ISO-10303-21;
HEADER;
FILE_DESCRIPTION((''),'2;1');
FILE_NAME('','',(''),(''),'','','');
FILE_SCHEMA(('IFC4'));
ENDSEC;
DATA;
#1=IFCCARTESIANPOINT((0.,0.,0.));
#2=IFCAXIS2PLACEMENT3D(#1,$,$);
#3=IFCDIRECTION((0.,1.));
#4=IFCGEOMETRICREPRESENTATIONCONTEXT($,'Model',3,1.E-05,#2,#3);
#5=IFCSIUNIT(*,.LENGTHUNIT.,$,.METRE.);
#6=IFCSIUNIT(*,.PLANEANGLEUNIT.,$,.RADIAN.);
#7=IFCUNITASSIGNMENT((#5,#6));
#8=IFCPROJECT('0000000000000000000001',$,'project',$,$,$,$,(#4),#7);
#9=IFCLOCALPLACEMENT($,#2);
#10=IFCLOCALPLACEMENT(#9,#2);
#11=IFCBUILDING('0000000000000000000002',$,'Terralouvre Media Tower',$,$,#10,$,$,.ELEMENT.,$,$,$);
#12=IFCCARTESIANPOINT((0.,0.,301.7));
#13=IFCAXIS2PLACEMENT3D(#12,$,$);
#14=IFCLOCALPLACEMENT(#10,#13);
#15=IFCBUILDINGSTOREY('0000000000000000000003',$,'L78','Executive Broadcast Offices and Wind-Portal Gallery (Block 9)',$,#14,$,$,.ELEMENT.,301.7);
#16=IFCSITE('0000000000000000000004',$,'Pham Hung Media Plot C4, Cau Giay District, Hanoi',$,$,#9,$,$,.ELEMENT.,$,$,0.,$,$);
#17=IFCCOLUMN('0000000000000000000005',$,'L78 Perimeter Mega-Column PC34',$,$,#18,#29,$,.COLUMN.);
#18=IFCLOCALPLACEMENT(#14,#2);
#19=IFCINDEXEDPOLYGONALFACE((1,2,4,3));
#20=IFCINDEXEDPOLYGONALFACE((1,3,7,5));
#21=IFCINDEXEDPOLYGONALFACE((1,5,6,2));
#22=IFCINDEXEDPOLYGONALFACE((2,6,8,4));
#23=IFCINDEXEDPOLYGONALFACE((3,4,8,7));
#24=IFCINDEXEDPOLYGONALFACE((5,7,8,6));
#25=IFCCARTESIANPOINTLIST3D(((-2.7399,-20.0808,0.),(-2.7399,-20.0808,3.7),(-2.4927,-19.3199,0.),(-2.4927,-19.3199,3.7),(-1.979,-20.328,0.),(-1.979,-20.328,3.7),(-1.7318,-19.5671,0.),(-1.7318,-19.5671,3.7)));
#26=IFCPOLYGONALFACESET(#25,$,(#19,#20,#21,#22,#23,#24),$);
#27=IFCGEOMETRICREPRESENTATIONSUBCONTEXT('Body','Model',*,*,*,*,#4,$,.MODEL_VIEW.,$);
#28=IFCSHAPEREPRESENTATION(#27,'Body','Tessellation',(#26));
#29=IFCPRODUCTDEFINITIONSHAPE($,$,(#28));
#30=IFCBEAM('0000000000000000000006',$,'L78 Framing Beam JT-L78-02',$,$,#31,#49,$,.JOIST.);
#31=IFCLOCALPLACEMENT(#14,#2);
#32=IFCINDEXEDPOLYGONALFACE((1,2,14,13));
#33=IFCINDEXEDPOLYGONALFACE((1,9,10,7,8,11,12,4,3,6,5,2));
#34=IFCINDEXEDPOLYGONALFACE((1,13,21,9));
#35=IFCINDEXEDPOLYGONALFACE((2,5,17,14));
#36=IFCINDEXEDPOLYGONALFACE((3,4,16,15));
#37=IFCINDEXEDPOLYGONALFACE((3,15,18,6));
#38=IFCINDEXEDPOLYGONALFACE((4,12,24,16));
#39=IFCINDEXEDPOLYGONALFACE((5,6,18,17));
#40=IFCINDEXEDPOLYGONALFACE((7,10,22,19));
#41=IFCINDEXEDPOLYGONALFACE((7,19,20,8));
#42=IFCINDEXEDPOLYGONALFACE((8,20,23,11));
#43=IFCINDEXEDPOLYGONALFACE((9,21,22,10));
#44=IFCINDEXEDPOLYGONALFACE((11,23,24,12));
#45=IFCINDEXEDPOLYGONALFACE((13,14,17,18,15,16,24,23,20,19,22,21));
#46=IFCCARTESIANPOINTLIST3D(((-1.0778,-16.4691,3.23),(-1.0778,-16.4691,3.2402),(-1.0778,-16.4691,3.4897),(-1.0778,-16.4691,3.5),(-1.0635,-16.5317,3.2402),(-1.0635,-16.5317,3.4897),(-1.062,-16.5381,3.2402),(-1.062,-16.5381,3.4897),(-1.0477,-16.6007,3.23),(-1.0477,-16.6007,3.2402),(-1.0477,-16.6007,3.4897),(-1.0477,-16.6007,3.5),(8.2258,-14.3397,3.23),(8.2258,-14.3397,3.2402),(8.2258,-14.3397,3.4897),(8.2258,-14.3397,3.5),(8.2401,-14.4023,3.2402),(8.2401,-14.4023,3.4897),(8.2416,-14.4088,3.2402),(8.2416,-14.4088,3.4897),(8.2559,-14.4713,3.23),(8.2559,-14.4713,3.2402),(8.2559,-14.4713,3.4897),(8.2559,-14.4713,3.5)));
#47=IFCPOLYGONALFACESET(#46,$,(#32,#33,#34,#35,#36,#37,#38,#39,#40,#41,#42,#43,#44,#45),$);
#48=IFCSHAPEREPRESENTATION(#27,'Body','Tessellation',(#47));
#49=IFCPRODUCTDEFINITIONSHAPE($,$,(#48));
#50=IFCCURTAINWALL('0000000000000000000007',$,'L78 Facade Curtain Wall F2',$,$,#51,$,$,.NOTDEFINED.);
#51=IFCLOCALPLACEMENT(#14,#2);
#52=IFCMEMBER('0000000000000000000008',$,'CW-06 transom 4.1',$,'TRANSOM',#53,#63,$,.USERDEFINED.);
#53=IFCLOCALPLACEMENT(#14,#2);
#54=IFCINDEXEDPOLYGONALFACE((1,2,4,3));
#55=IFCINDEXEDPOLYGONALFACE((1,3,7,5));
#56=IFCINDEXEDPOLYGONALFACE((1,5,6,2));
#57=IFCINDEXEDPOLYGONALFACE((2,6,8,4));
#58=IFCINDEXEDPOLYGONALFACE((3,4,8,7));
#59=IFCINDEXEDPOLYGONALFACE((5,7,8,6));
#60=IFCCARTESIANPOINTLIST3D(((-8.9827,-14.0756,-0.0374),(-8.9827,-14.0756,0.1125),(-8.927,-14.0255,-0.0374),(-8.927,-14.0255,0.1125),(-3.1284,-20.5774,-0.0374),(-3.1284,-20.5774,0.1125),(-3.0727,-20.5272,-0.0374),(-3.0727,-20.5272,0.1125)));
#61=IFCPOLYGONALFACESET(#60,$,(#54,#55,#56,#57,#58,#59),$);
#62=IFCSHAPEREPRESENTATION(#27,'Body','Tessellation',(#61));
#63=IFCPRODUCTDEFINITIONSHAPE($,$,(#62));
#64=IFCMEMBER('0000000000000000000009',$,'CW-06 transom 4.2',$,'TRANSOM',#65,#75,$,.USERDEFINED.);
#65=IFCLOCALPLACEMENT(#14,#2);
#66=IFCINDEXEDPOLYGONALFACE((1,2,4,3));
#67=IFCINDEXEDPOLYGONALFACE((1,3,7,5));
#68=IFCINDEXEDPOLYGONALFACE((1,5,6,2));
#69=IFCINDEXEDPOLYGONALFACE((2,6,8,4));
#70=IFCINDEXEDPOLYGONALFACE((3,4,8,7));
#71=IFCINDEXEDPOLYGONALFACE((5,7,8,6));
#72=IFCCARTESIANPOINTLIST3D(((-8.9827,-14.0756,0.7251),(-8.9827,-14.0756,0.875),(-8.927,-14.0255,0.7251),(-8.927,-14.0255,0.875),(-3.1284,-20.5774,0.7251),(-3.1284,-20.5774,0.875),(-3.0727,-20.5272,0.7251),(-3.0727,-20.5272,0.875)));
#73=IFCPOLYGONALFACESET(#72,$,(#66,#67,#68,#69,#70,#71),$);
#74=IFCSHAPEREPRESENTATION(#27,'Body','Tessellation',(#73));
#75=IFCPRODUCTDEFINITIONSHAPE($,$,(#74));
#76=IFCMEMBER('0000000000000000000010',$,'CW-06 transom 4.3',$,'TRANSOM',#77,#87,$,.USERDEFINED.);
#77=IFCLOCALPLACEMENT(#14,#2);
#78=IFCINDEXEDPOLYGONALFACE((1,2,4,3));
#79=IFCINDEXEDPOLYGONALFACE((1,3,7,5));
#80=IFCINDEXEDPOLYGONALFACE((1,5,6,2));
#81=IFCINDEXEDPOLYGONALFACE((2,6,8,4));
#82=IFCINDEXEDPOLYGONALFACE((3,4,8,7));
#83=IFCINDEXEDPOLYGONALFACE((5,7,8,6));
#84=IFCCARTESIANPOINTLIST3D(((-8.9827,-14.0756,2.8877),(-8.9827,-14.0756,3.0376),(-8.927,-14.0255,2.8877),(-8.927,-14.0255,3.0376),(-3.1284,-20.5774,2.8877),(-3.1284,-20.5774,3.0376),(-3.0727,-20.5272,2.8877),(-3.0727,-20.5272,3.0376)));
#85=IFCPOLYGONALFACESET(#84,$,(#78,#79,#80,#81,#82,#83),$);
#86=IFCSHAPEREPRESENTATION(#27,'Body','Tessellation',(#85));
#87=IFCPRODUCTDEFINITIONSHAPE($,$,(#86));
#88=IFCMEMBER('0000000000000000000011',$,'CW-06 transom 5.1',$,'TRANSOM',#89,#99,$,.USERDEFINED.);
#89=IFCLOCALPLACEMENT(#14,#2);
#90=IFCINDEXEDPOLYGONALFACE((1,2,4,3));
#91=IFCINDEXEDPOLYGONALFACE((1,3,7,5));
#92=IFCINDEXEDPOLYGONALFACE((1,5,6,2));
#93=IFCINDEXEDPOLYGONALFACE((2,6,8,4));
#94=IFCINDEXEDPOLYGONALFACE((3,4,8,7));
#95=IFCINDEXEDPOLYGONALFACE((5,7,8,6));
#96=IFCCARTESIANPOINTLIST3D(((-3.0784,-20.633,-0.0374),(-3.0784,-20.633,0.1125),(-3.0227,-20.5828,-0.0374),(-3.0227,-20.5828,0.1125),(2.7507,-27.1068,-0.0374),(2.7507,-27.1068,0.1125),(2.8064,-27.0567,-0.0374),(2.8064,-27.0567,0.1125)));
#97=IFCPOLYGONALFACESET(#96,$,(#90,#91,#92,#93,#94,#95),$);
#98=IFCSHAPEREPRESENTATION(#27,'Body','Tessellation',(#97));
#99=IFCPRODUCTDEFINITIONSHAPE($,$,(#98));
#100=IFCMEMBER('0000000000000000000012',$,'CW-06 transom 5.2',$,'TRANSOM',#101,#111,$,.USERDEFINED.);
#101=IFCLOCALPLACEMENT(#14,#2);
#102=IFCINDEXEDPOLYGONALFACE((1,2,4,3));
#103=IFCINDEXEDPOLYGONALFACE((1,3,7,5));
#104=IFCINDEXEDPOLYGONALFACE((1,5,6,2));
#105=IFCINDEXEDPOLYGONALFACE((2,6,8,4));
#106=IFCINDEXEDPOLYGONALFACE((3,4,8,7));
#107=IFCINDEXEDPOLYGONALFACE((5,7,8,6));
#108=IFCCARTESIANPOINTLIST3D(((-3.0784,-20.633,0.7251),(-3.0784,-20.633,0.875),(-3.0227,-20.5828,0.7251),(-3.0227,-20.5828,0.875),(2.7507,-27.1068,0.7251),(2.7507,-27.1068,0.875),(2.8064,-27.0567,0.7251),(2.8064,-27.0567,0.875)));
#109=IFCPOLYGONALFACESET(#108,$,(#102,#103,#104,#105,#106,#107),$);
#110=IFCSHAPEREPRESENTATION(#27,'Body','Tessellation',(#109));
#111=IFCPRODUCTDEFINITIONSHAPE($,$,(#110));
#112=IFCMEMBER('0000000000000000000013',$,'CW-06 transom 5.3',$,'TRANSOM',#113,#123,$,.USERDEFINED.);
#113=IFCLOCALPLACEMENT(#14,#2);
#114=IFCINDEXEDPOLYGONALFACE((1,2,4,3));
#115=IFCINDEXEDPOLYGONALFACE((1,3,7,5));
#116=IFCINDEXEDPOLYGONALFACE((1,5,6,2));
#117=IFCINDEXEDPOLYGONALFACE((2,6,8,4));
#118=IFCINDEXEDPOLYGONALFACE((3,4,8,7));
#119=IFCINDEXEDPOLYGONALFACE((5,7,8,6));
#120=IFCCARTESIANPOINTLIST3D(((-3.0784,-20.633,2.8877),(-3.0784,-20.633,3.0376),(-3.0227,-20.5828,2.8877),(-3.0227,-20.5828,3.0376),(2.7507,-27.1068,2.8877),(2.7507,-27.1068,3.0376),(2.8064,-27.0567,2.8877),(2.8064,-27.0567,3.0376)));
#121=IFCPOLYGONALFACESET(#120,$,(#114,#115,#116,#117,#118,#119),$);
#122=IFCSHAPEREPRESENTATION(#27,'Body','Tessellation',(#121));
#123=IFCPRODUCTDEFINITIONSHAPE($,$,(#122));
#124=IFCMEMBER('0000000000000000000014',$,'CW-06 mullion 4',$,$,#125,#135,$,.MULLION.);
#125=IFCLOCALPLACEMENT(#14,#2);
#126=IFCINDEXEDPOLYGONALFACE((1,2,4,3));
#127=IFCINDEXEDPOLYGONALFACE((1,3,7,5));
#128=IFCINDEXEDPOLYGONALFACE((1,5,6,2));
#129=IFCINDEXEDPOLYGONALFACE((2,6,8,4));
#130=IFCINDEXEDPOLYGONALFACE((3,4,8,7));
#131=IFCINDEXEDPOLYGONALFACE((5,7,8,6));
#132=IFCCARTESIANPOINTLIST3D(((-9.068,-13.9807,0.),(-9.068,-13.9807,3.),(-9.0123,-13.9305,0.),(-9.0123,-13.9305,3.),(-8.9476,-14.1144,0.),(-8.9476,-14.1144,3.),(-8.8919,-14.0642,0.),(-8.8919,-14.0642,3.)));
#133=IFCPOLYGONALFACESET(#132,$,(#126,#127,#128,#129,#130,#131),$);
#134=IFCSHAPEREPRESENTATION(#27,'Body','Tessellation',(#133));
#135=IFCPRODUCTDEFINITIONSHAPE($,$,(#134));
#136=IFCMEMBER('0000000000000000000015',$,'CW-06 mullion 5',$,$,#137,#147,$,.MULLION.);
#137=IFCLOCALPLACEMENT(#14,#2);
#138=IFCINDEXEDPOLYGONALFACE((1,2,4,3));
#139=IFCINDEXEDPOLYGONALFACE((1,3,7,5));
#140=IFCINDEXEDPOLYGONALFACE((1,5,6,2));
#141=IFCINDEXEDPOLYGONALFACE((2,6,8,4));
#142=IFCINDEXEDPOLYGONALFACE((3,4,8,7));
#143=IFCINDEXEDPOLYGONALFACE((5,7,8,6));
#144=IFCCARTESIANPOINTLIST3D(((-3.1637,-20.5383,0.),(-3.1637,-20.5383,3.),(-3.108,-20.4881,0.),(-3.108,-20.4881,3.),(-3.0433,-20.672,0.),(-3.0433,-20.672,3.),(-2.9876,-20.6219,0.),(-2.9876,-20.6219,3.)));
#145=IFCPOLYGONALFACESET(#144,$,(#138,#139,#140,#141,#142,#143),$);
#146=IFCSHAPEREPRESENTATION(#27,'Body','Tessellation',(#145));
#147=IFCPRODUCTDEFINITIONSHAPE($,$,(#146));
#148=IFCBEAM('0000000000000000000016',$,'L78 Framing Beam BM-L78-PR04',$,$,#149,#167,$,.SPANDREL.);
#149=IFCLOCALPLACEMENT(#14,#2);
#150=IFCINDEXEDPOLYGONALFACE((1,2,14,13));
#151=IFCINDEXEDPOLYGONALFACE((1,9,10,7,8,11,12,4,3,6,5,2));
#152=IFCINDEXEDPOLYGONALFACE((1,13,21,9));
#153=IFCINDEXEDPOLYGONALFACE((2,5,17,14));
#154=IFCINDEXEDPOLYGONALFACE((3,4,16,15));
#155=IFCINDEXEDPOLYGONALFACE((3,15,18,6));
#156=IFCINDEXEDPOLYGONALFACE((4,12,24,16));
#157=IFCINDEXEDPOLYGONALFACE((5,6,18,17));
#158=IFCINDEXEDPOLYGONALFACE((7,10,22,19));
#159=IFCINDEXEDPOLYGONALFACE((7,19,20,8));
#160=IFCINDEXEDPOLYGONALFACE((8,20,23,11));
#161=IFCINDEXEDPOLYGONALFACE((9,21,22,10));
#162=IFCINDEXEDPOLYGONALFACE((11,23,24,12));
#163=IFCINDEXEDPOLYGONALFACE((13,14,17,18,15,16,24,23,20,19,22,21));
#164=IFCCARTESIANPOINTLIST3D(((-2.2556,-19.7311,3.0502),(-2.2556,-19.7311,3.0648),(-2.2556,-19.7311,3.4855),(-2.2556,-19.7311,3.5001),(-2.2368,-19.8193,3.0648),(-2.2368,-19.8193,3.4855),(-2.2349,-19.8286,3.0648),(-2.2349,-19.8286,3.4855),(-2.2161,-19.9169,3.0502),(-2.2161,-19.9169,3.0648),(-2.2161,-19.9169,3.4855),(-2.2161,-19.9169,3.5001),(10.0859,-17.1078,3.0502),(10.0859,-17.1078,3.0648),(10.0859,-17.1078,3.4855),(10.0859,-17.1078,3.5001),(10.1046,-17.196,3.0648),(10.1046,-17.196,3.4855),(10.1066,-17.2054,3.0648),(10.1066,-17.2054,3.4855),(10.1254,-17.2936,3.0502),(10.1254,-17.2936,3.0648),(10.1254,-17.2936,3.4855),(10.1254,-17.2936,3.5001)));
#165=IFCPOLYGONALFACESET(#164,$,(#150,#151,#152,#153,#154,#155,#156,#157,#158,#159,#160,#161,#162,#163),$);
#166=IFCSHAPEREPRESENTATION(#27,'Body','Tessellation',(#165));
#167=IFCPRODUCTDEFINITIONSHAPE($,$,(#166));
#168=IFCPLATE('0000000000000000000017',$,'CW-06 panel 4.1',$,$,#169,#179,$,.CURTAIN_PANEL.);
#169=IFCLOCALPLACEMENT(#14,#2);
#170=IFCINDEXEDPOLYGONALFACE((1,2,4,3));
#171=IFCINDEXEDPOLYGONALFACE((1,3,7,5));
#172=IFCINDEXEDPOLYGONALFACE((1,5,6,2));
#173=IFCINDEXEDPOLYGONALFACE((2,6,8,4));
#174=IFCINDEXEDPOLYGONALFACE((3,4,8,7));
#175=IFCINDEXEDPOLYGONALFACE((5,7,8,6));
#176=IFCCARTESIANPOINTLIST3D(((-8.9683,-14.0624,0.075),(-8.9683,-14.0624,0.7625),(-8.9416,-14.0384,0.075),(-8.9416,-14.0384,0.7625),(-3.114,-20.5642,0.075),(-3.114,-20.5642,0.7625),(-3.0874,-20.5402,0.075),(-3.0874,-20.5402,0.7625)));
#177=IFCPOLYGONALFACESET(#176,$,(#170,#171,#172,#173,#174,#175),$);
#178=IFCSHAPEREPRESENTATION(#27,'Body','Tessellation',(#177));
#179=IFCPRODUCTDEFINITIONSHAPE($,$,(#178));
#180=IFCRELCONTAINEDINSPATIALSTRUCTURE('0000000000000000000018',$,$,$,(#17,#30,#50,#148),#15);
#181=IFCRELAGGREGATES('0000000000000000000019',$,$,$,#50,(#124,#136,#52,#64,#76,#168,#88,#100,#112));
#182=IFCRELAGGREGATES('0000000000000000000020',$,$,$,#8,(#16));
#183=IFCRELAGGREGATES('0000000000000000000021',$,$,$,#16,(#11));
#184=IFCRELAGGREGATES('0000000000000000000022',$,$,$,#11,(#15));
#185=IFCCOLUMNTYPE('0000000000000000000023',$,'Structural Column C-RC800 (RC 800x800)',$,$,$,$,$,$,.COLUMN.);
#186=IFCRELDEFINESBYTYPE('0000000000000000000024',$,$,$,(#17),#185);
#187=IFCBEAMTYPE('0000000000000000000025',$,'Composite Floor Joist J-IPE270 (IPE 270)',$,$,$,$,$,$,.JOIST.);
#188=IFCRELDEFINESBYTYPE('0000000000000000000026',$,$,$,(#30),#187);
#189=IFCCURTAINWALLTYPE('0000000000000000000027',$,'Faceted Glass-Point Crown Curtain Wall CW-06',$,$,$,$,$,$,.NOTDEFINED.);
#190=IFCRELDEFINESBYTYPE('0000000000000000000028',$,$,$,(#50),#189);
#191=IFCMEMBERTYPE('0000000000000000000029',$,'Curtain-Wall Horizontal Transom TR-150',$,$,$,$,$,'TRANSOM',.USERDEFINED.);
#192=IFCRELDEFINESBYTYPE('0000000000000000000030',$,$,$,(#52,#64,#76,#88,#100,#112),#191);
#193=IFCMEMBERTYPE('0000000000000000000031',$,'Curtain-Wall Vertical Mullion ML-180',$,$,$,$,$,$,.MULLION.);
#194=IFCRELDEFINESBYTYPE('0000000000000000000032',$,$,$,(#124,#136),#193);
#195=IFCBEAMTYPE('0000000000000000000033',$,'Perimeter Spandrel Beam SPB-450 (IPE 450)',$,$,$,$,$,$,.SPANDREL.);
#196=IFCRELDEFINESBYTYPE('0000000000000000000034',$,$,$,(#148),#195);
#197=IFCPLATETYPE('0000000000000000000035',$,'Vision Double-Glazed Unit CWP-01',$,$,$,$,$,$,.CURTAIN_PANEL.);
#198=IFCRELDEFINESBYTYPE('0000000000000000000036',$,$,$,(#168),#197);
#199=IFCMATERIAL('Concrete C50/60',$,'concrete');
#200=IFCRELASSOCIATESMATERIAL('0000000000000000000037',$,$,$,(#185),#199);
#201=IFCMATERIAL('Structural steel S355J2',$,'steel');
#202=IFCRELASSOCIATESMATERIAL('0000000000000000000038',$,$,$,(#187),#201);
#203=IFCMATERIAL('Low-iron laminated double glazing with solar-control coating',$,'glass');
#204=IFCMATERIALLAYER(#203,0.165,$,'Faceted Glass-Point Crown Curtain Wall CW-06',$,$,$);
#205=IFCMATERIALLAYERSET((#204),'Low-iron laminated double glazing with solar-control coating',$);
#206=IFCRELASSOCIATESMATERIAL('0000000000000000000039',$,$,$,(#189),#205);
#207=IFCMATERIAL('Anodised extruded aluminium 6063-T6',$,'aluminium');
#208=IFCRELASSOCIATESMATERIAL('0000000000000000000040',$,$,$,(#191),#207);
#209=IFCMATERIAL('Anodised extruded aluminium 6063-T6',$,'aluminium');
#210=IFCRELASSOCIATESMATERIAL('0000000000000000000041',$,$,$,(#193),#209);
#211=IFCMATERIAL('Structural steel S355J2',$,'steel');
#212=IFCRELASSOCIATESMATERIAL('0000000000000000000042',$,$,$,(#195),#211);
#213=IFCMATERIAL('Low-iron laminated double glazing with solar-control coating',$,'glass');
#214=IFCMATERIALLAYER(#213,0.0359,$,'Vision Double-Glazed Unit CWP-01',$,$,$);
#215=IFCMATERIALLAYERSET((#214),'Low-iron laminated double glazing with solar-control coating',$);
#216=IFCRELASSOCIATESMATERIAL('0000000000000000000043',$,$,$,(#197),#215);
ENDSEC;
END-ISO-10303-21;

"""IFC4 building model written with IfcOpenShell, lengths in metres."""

from ifc_helpers import new_model, si_unit, direction, frame, origin, origin_2d, place, context, subcontext, project, spatial, rectangle, i_section, extrude, material, layer, layer_set, material_profile, profile_set, type_object, element, aggregate, save


model = new_model("IFC4")

# Units and contexts
model_context = context("Model", 3, precision=1e-05, world=origin(), true_north=direction((0.0, 1.0)))
body_context = subcontext(model_context, "Body", "Model", "MODEL_VIEW")
ifc_project = project(units=[si_unit("LENGTHUNIT", "METRE"), si_unit("PLANEANGLEUNIT", "RADIAN")], contexts=[model_context])

# Site, building, storey
site_placement = place(None, origin())
site = spatial("IfcSite", under=ifc_project, at=site_placement, Name="Pham Hung Media Plot C4, Cau Giay District, Hanoi", CompositionType="ELEMENT", RefElevation=0.0)
building_placement = place(site_placement, origin())
building = spatial("IfcBuilding", under=site, at=building_placement, Name="Terralouvre Media Tower", CompositionType="ELEMENT")
storey_placement = place(building_placement, frame((0.0, 0.0, 301.7)))
storey = spatial("IfcBuildingStorey", under=building, at=storey_placement, Name="L78", Description="Executive Broadcast Offices and Wind-Portal Gallery (Block 9)", CompositionType="ELEMENT", Elevation=301.7)

# Column
ifc_material_1 = material(Name="Concrete C50/60", Category="concrete")
ifc_material_profile_1 = material_profile(ifc_material_1, rectangle(XDim=0.8, YDim=0.8, at=origin_2d()), Name="RC 800x800")
ifc_profile_set_1 = profile_set([ifc_material_profile_1], Name="Concrete C50/60")
column_type = type_object("IfcColumnType", Name="Structural Column C-RC800 (RC 800x800)", PredefinedType="COLUMN", material=ifc_profile_set_1)
column_placement = place(storey_placement, frame((-2.2358, -19.824, 0.0), z_axis=(0.0, 0.0, 1.0), x_axis=(0.309017, 0.951057, 0.0)))
element("IfcColumn", 1, at=column_placement, inside=storey, type_object=column_type, Name="L78 Perimeter Mega-Column PC34", PredefinedType="COLUMN", context=body_context, shape_type="SweptSolid", body=[
    extrude(rectangle(XDim=0.8, YDim=0.8, at=origin_2d()), origin(), (0.0, 0.0, 1.0), 3.7),
])

# Beam
ifc_material_2 = material(Name="Structural steel S355J2", Category="steel")
ifc_material_profile_2 = material_profile(ifc_material_2, i_section(OverallWidth=0.135, OverallDepth=0.27, WebThickness=0.0066, FlangeThickness=0.0103, at=origin_2d()), Name="IPE 270")
ifc_profile_set_2 = profile_set([ifc_material_profile_2], Name="Structural steel S355J2")
beam_type_1 = type_object("IfcBeamType", Name="Composite Floor Joist J-IPE270 (IPE 270)", PredefinedType="JOIST", material=ifc_profile_set_2)
beam_1_placement = place(storey_placement, frame((-1.0627, -16.5349, 3.365), z_axis=(0.974794, 0.223107, 0.0), x_axis=(-0.223107, 0.974794, 0.0)))
element("IfcBeam", 2, at=beam_1_placement, inside=storey, type_object=beam_type_1, Name="L78 Framing Beam JT-L78-02", PredefinedType="JOIST", context=body_context, shape_type="SweptSolid", body=[
    extrude(i_section(OverallWidth=0.135, OverallDepth=0.27, WebThickness=0.0066, FlangeThickness=0.0103, at=origin_2d()), origin(), (0.0, 0.0, 1.0), 9.5442),
])

# Curtain wall, members
ifc_material_3 = material(Name="Low-iron laminated double glazing with solar-control coating", Category="glass")
ifc_layer_1 = layer(ifc_material_3, 0.165, Name="Faceted Glass-Point Crown Curtain Wall CW-06")
ifc_layer_set_1 = layer_set([ifc_layer_1], Name="Low-iron laminated double glazing with solar-control coating")
curtain_wall_type = type_object("IfcCurtainWallType", Name="Faceted Glass-Point Crown Curtain Wall CW-06", PredefinedType="NOTDEFINED", material=ifc_layer_set_1)
curtain_wall_placement = place(storey_placement, origin())
curtain_wall = element("IfcCurtainWall", 3, at=curtain_wall_placement, inside=storey, type_object=curtain_wall_type, Name="L78 Facade Curtain Wall F2", PredefinedType="NOTDEFINED")
ifc_material_4 = material(Name="Anodised extruded aluminium 6063-T6", Category="aluminium")
ifc_material_profile_3 = material_profile(ifc_material_4, rectangle(XDim=0.075, YDim=0.1499, at=origin_2d()), Name="ALU 75x150")
ifc_profile_set_3 = profile_set([ifc_material_profile_3], Name="Anodised extruded aluminium 6063-T6")
member_type_1 = type_object("IfcMemberType", Name="Curtain-Wall Horizontal Transom TR-150", ElementType="TRANSOM", PredefinedType="USERDEFINED", material=ifc_profile_set_3)
member_1_placement = place(storey_placement, frame((-8.9548, -14.0505, 0.0376), z_axis=(0.669136, -0.74314, 0.0), x_axis=(0.74314, 0.669136, 0.0)))
member_1 = element("IfcMember", 4, at=member_1_placement, type_object=member_type_1, Name="CW-06 transom 4.1", ObjectType="TRANSOM", PredefinedType="USERDEFINED", context=body_context, shape_type="SweptSolid", body=[
    extrude(rectangle(XDim=0.075, YDim=0.1499, at=origin_2d()), origin(), (0.0, 0.0, 1.0), 8.749),
])
member_2_placement = place(storey_placement, frame((-8.9548, -14.0505, 0.8), z_axis=(0.669136, -0.74314, 0.0), x_axis=(0.74314, 0.669136, 0.0)))
member_2 = element("IfcMember", 5, at=member_2_placement, type_object=member_type_1, Name="CW-06 transom 4.2", ObjectType="TRANSOM", PredefinedType="USERDEFINED", context=body_context, shape_type="SweptSolid", body=[
    extrude(rectangle(XDim=0.075, YDim=0.1499, at=origin_2d()), origin(), (0.0, 0.0, 1.0), 8.749),
])
member_3_placement = place(storey_placement, frame((-8.9548, -14.0505, 2.9626), z_axis=(0.669136, -0.74314, 0.0), x_axis=(0.74314, 0.669136, 0.0)))
member_3 = element("IfcMember", 6, at=member_3_placement, type_object=member_type_1, Name="CW-06 transom 4.3", ObjectType="TRANSOM", PredefinedType="USERDEFINED", context=body_context, shape_type="SweptSolid", body=[
    extrude(rectangle(XDim=0.075, YDim=0.1499, at=origin_2d()), origin(), (0.0, 0.0, 1.0), 8.749),
])
member_4_placement = place(storey_placement, frame((-3.0505, -20.6079, 0.0376), z_axis=(0.66913, -0.743145, 0.0), x_axis=(0.743145, 0.66913, 0.0)))
member_4 = element("IfcMember", 7, at=member_4_placement, type_object=member_type_1, Name="CW-06 transom 5.1", ObjectType="TRANSOM", PredefinedType="USERDEFINED", context=body_context, shape_type="SweptSolid", body=[
    extrude(rectangle(XDim=0.075, YDim=0.1499, at=origin_2d()), origin(), (0.0, 0.0, 1.0), 8.7114),
])
member_5_placement = place(storey_placement, frame((-3.0505, -20.6079, 0.8), z_axis=(0.66913, -0.743145, 0.0), x_axis=(0.743145, 0.66913, 0.0)))
member_5 = element("IfcMember", 8, at=member_5_placement, type_object=member_type_1, Name="CW-06 transom 5.2", ObjectType="TRANSOM", PredefinedType="USERDEFINED", context=body_context, shape_type="SweptSolid", body=[
    extrude(rectangle(XDim=0.075, YDim=0.1499, at=origin_2d()), origin(), (0.0, 0.0, 1.0), 8.7114),
])
member_6_placement = place(storey_placement, frame((-3.0505, -20.6079, 2.9626), z_axis=(0.66913, -0.743145, 0.0), x_axis=(0.743145, 0.66913, 0.0)))
member_6 = element("IfcMember", 9, at=member_6_placement, type_object=member_type_1, Name="CW-06 transom 5.3", ObjectType="TRANSOM", PredefinedType="USERDEFINED", context=body_context, shape_type="SweptSolid", body=[
    extrude(rectangle(XDim=0.075, YDim=0.1499, at=origin_2d()), origin(), (0.0, 0.0, 1.0), 8.7114),
])
ifc_material_5 = material(Name="Anodised extruded aluminium 6063-T6", Category="aluminium")
ifc_material_profile_4 = material_profile(ifc_material_5, rectangle(XDim=0.075, YDim=0.1799, at=origin_2d()), Name="ALU 75x180")
ifc_profile_set_4 = profile_set([ifc_material_profile_4], Name="Anodised extruded aluminium 6063-T6")
member_type_2 = type_object("IfcMemberType", Name="Curtain-Wall Vertical Mullion ML-180", PredefinedType="MULLION", material=ifc_profile_set_4)
member_7_placement = place(storey_placement, frame((-8.98, -14.0225, 0.0), z_axis=(0.0, 0.0, 1.0), x_axis=(0.743145, 0.669131, 0.0)))
member_7 = element("IfcMember", 10, at=member_7_placement, type_object=member_type_2, Name="CW-06 mullion 4", PredefinedType="MULLION", context=body_context, shape_type="SweptSolid", body=[
    extrude(rectangle(XDim=0.075, YDim=0.1799, at=origin_2d()), origin(), (0.0, 0.0, 1.0), 3.0),
])
member_8_placement = place(storey_placement, frame((-3.0757, -20.5801, 0.0), z_axis=(0.0, 0.0, 1.0), x_axis=(0.743145, 0.669131, 0.0)))
member_8 = element("IfcMember", 11, at=member_8_placement, type_object=member_type_2, Name="CW-06 mullion 5", PredefinedType="MULLION", context=body_context, shape_type="SweptSolid", body=[
    extrude(rectangle(XDim=0.075, YDim=0.1799, at=origin_2d()), origin(), (0.0, 0.0, 1.0), 3.0),
])

# Beam
ifc_material_6 = material(Name="Structural steel S355J2", Category="steel")
ifc_material_profile_5 = material_profile(ifc_material_6, i_section(OverallWidth=0.1899, OverallDepth=0.45, WebThickness=0.0095, FlangeThickness=0.0146, at=origin_2d()), Name="IPE 450")
ifc_profile_set_5 = profile_set([ifc_material_profile_5], Name="Structural steel S355J2")
beam_type_2 = type_object("IfcBeamType", Name="Perimeter Spandrel Beam SPB-450 (IPE 450)", PredefinedType="SPANDREL", material=ifc_profile_set_5)
beam_2_placement = place(storey_placement, frame((-2.2358, -19.824, 3.2751), z_axis=(0.978147, 0.207913, 0.0), x_axis=(-0.207913, 0.978147, 0.0)))
element("IfcBeam", 12, at=beam_2_placement, inside=storey, type_object=beam_type_2, Name="L78 Framing Beam BM-L78-PR04", PredefinedType="SPANDREL", context=body_context, shape_type="SweptSolid", body=[
    extrude(i_section(OverallWidth=0.1899, OverallDepth=0.45, WebThickness=0.0095, FlangeThickness=0.0146, at=origin_2d()), origin(), (0.0, 0.0, 1.0), 12.6172),
])

# Plate
ifc_material_7 = material(Name="Low-iron laminated double glazing with solar-control coating", Category="glass")
ifc_layer_2 = layer(ifc_material_7, 0.0359, Name="Vision Double-Glazed Unit CWP-01")
ifc_layer_set_2 = layer_set([ifc_layer_2], Name="Low-iron laminated double glazing with solar-control coating")
plate_type = type_object("IfcPlateType", Name="Vision Double-Glazed Unit CWP-01", PredefinedType="CURTAIN_PANEL", material=ifc_layer_set_2)
plate_1_placement = place(storey_placement, frame((-6.0278, -17.3013, 0.075), z_axis=(0.0, 0.0, 1.0), x_axis=(0.669131, -0.743145, 0.0)))
plate_1 = element("IfcPlate", 13, at=plate_1_placement, type_object=plate_type, Name="CW-06 panel 4.1", PredefinedType="CURTAIN_PANEL", context=body_context, shape_type="SweptSolid", body=[
    extrude(rectangle(XDim=8.749, YDim=0.0359, at=origin_2d()), origin(), (0.0, 0.0, 1.0), 0.6875),
])
aggregate(curtain_wall, [member_7, member_8, member_1, member_2, member_3, plate_1, member_4, member_5, member_6])

save(model, "model.ifc")
